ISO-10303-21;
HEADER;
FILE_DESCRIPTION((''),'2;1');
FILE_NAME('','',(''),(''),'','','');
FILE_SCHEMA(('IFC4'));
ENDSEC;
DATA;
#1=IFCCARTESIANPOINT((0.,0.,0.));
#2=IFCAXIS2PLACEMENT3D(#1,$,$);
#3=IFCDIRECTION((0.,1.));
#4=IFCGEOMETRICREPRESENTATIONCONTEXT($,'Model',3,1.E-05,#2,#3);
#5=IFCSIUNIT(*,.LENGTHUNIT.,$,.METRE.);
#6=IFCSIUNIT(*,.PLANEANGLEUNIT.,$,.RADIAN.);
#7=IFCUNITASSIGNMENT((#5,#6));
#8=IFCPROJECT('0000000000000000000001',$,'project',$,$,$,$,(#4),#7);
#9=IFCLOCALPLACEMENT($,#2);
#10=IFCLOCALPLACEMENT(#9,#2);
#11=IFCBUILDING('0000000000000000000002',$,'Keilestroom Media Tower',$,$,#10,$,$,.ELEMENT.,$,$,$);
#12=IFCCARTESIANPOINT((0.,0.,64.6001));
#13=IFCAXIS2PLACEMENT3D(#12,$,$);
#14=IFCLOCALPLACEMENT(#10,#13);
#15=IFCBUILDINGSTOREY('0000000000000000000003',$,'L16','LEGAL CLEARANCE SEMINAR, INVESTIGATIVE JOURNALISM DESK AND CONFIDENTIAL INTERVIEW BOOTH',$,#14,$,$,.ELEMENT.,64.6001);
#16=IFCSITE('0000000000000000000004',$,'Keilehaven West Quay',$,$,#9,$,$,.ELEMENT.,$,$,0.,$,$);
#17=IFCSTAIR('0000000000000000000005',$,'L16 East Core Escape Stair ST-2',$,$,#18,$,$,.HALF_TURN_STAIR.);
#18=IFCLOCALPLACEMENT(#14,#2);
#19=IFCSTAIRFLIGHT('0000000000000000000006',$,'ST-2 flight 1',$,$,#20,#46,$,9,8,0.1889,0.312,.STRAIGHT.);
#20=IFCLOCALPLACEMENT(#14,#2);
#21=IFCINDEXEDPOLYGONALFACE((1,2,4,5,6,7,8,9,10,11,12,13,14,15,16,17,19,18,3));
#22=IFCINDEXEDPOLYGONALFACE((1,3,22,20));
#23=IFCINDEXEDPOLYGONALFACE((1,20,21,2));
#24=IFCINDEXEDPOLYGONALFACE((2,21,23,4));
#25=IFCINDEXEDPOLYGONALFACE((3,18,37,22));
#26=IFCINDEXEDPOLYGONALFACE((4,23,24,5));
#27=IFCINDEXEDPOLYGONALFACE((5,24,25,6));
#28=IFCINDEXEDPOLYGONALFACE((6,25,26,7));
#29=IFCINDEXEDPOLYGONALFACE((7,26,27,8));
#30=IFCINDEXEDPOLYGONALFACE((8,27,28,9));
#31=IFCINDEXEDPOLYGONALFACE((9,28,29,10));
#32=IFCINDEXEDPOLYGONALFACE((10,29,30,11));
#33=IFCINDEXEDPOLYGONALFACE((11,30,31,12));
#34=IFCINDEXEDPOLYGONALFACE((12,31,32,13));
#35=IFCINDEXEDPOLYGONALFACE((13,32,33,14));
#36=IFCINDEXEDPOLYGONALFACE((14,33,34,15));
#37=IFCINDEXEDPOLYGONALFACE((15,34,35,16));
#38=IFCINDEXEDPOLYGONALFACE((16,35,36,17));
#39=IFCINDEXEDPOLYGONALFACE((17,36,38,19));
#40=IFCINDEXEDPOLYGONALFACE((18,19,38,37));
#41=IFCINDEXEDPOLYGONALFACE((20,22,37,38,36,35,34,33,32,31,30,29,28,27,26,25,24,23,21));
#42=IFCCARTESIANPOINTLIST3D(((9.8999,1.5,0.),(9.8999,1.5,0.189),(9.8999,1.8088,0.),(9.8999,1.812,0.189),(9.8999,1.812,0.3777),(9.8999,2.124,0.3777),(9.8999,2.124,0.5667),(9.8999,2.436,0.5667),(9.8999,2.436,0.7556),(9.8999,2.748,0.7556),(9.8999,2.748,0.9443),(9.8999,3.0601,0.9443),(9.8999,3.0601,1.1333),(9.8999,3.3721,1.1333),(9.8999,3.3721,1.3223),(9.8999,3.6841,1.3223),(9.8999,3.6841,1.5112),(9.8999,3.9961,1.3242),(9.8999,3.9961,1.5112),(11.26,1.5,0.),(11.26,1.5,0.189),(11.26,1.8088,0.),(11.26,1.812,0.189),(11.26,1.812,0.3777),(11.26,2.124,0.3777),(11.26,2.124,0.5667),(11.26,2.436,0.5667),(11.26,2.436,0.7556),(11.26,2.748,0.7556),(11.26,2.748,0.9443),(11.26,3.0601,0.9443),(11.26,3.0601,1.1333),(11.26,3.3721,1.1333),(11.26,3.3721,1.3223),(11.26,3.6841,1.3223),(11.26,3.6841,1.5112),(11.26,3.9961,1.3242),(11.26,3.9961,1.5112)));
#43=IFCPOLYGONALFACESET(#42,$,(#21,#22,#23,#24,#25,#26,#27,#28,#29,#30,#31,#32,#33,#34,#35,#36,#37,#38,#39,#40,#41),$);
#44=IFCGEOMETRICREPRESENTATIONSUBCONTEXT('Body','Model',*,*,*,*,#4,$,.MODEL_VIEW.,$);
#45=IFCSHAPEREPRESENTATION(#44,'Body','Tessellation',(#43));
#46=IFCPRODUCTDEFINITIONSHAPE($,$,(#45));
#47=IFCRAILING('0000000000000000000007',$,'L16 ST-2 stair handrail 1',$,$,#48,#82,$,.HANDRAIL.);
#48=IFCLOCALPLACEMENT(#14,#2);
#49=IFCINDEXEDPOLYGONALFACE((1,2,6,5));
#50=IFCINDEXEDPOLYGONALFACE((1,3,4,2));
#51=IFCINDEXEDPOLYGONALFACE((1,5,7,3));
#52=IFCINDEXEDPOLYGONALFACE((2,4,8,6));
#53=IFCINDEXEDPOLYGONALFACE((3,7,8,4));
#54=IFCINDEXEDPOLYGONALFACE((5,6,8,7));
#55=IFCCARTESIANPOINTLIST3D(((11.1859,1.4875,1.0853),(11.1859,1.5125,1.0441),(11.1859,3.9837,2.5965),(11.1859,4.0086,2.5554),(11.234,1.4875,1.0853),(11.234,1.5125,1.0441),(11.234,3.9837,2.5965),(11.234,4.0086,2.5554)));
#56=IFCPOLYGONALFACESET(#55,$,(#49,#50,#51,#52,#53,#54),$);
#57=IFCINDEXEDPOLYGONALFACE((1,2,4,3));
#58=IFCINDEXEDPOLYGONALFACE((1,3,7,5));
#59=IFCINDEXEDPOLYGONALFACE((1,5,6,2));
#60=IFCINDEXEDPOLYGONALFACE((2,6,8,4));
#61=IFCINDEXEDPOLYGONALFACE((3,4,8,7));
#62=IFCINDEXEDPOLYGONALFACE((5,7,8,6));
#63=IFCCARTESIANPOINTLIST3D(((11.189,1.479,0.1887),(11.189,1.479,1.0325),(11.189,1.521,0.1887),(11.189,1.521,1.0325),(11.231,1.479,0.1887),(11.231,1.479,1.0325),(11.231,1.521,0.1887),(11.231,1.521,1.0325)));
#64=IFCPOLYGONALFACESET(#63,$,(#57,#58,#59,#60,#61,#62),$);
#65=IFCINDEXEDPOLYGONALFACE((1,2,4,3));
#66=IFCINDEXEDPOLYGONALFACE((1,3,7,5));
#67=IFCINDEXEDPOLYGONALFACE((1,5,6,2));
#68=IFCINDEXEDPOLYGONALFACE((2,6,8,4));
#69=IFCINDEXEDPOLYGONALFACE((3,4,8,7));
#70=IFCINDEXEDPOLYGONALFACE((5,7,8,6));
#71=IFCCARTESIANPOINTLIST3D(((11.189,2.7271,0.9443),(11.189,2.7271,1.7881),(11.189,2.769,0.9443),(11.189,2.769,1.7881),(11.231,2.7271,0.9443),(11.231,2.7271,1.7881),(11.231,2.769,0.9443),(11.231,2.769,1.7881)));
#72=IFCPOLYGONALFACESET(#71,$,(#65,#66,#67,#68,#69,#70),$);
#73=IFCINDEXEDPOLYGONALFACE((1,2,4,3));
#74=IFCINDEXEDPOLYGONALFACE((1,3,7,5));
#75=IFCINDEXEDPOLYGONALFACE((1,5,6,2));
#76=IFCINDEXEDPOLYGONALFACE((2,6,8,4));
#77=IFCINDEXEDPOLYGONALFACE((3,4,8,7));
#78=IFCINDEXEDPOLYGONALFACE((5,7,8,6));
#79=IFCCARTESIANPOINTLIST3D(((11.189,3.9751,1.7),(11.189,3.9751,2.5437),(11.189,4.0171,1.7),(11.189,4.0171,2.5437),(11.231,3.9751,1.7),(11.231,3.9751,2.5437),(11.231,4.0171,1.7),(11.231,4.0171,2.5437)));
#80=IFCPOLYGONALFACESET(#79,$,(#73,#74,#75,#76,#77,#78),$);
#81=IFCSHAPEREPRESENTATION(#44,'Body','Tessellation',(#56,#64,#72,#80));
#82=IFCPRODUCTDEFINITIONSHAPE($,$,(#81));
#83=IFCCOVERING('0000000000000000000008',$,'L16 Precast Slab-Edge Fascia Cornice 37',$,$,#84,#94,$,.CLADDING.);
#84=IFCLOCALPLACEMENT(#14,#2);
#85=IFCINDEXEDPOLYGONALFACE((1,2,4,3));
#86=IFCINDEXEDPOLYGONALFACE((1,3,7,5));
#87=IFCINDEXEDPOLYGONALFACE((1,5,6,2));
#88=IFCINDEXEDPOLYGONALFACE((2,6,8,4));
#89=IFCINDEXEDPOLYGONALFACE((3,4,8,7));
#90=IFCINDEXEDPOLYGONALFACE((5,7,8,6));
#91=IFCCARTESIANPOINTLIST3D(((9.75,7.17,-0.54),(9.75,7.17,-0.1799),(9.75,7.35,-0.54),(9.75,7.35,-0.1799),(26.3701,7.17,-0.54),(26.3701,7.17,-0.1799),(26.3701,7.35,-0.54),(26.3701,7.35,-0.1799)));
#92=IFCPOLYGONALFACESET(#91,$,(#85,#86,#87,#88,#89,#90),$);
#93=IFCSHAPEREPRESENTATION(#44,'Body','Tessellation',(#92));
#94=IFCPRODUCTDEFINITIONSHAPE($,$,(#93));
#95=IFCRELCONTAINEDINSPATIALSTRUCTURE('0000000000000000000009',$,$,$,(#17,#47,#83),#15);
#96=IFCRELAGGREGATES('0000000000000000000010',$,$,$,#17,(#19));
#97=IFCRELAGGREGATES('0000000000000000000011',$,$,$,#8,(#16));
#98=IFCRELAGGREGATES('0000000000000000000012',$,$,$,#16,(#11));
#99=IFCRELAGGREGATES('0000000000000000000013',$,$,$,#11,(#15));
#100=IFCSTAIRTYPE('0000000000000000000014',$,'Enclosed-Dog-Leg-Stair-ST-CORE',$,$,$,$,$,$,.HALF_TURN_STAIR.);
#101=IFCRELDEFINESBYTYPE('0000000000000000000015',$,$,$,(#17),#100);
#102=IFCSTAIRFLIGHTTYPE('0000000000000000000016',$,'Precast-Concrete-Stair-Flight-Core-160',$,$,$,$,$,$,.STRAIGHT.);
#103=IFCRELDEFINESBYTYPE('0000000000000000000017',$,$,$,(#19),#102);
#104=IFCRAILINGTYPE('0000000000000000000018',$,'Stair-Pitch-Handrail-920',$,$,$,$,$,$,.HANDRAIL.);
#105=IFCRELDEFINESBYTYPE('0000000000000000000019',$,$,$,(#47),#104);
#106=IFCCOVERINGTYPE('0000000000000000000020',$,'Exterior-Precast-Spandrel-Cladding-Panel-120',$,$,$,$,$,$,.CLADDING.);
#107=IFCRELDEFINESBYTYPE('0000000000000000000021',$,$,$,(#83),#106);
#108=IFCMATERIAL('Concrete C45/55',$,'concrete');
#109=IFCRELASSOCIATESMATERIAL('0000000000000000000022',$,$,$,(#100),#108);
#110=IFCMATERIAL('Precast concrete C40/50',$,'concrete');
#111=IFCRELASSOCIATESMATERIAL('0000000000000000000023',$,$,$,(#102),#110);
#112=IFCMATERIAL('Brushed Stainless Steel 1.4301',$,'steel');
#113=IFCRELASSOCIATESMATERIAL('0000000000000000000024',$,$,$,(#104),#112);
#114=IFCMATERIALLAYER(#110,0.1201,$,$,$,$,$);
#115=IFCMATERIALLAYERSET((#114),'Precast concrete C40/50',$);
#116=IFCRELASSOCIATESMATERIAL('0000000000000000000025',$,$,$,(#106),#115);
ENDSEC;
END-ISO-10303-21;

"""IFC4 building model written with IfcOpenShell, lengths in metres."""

from ifc_helpers import new_model, si_unit, direction, frame, origin, origin_2d, place, context, subcontext, project, spatial, polyline, rectangle, outline, extrude, source, transform, mapped, material, layer, layer_set, type_object, element, aggregate, save


model = new_model("IFC4")

# Units and contexts
model_context = context("Model", 3, precision=1e-05, world=origin(), true_north=direction((0.0, 1.0)))
body_context = subcontext(model_context, "Body", "Model", "MODEL_VIEW")
ifc_project = project(units=[si_unit("LENGTHUNIT", "METRE"), si_unit("PLANEANGLEUNIT", "RADIAN")], contexts=[model_context])

# Site, building, storey
site_placement = place(None, origin())
site = spatial("IfcSite", under=ifc_project, at=site_placement, Name="Keilehaven West Quay", CompositionType="ELEMENT", RefElevation=0.0)
building_placement = place(site_placement, origin())
building = spatial("IfcBuilding", under=site, at=building_placement, Name="Keilestroom Media Tower", CompositionType="ELEMENT")
storey_placement = place(building_placement, frame((0.0, 0.0, 64.6001)))
storey = spatial("IfcBuildingStorey", under=building, at=storey_placement, Name="L16", Description="LEGAL CLEARANCE SEMINAR, INVESTIGATIVE JOURNALISM DESK AND CONFIDENTIAL INTERVIEW BOOTH", CompositionType="ELEMENT", Elevation=64.6001)

# Shared definitions
ifc_material_1 = material(Name="Precast concrete C40/50", Category="concrete")

# Stair, stair flight
ifc_material_2 = material(Name="Concrete C45/55", Category="concrete")
stair_type = type_object("IfcStairType", Name="Enclosed-Dog-Leg-Stair-ST-CORE", PredefinedType="HALF_TURN_STAIR", material=ifc_material_2)
stair_placement = place(storey_placement, origin())
stair = element("IfcStair", 1, at=stair_placement, inside=storey, type_object=stair_type, Name="L16 East Core Escape Stair ST-2", PredefinedType="HALF_TURN_STAIR")
stair_flight_type = type_object("IfcStairFlightType", Name="Precast-Concrete-Stair-Flight-Core-160", PredefinedType="STRAIGHT", material=ifc_material_1)
stair_flight_placement = place(storey_placement, frame((10.5801, 1.5, 0.0), z_axis=(0.0, 0.0, 1.0), x_axis=(0.0, 1.0, 0.0)))
stair_flight = element("IfcStairFlight", 2, at=stair_flight_placement, type_object=stair_flight_type, Name="ST-2 flight 1", NumberOfRisers=9, NumberOfTreads=8, PredefinedType="STRAIGHT", RiserHeight=0.1889, TreadLength=0.312, context=body_context, shape_type="SweptSolid", body=[
    extrude(outline(polyline([(0.0, 0.0), (0.0, 0.189), (0.312, 0.189), (0.312, 0.3777), (0.624, 0.3777), (0.624, 0.5667), (0.936, 0.5667), (0.936, 0.7556), (1.248, 0.7556), (1.248, 0.9443), (1.5601, 0.9443), (1.5601, 1.1333), (1.8721, 1.1333), (1.8721, 1.3223), (2.1841, 1.3223), (2.1841, 1.5112), (2.4961, 1.5112), (2.4961, 1.7), (2.4961, 1.3242), (0.3088, 0.0), (0.0, 0.0)])), frame((0.0, 0.6802, 0.0), z_axis=(0.0, -1.0, 0.0), x_axis=(1.0, 0.0, 0.0)), (0.0, 0.0, 1.0), 1.3601),
])
aggregate(stair, [stair_flight])

# Railing
ifc_material_3 = material(Name="Brushed Stainless Steel 1.4301", Category="steel")
railing_type = type_object("IfcRailingType", Name="Stair-Pitch-Handrail-920", PredefinedType="HANDRAIL", material=ifc_material_3)
railing_placement = place(storey_placement, frame((11.21, 1.5, 0.1887)))
element("IfcRailing", 3, at=railing_placement, inside=storey, type_object=railing_type, Name="L16 ST-2 stair handrail 1", PredefinedType="HANDRAIL", context=body_context, shape_type="SweptSolid", body=[
    extrude(rectangle(XDim=0.0481, YDim=0.0481, at=origin_2d()), frame((0.0, 0.0, 0.876), z_axis=(0.0, 0.855434, 0.517912), x_axis=(-1.0, 0.0, 0.0)), (0.0, 0.0, 1.0), 2.918),
    extrude(rectangle(XDim=0.042, YDim=0.042, at=origin_2d()), origin(), (0.0, 0.0, 1.0), 0.8438),
    extrude(rectangle(XDim=0.042, YDim=0.042, at=origin_2d()), frame((0.0, 1.248, 0.7556)), (0.0, 0.0, 1.0), 0.8438),
    extrude(rectangle(XDim=0.042, YDim=0.042, at=origin_2d()), frame((0.0, 2.4961, 1.5112)), (0.0, 0.0, 1.0), 0.8438),
])

# Covering
ifc_layer_1 = layer(ifc_material_1, 0.1201)
ifc_layer_set_1 = layer_set([ifc_layer_1], Name="Precast concrete C40/50")
covering_type = type_object("IfcCoveringType", Name="Exterior-Precast-Spandrel-Cladding-Panel-120", PredefinedType="CLADDING", material=ifc_layer_set_1)
shared_shape_1 = source(origin(), body_context, "Body", "SweptSolid", [
    extrude(rectangle(XDim=16.6201, YDim=0.1799, at=origin_2d()), origin(), (0.0, 0.0, 1.0), 0.3601),
])
covering_placement = place(storey_placement, frame((18.0601, 7.26, -0.54), z_axis=(0.0, 0.0, 1.0), x_axis=(1.0, 0.0, 0.0)))
element("IfcCovering", 4, at=covering_placement, inside=storey, type_object=covering_type, Name="L16 Precast Slab-Edge Fascia Cornice 37", PredefinedType="CLADDING", context=body_context, shape_type="MappedRepresentation", body=[
    mapped(shared_shape_1, transform((0.0, 0.0, 0.0), x_axis=(1.0, 0.0, 0.0), y_axis=(0.0, 1.0, 0.0), z_axis=(0.0, 0.0, 1.0), scale=1.0)),
])

save(model, "model.ifc")
